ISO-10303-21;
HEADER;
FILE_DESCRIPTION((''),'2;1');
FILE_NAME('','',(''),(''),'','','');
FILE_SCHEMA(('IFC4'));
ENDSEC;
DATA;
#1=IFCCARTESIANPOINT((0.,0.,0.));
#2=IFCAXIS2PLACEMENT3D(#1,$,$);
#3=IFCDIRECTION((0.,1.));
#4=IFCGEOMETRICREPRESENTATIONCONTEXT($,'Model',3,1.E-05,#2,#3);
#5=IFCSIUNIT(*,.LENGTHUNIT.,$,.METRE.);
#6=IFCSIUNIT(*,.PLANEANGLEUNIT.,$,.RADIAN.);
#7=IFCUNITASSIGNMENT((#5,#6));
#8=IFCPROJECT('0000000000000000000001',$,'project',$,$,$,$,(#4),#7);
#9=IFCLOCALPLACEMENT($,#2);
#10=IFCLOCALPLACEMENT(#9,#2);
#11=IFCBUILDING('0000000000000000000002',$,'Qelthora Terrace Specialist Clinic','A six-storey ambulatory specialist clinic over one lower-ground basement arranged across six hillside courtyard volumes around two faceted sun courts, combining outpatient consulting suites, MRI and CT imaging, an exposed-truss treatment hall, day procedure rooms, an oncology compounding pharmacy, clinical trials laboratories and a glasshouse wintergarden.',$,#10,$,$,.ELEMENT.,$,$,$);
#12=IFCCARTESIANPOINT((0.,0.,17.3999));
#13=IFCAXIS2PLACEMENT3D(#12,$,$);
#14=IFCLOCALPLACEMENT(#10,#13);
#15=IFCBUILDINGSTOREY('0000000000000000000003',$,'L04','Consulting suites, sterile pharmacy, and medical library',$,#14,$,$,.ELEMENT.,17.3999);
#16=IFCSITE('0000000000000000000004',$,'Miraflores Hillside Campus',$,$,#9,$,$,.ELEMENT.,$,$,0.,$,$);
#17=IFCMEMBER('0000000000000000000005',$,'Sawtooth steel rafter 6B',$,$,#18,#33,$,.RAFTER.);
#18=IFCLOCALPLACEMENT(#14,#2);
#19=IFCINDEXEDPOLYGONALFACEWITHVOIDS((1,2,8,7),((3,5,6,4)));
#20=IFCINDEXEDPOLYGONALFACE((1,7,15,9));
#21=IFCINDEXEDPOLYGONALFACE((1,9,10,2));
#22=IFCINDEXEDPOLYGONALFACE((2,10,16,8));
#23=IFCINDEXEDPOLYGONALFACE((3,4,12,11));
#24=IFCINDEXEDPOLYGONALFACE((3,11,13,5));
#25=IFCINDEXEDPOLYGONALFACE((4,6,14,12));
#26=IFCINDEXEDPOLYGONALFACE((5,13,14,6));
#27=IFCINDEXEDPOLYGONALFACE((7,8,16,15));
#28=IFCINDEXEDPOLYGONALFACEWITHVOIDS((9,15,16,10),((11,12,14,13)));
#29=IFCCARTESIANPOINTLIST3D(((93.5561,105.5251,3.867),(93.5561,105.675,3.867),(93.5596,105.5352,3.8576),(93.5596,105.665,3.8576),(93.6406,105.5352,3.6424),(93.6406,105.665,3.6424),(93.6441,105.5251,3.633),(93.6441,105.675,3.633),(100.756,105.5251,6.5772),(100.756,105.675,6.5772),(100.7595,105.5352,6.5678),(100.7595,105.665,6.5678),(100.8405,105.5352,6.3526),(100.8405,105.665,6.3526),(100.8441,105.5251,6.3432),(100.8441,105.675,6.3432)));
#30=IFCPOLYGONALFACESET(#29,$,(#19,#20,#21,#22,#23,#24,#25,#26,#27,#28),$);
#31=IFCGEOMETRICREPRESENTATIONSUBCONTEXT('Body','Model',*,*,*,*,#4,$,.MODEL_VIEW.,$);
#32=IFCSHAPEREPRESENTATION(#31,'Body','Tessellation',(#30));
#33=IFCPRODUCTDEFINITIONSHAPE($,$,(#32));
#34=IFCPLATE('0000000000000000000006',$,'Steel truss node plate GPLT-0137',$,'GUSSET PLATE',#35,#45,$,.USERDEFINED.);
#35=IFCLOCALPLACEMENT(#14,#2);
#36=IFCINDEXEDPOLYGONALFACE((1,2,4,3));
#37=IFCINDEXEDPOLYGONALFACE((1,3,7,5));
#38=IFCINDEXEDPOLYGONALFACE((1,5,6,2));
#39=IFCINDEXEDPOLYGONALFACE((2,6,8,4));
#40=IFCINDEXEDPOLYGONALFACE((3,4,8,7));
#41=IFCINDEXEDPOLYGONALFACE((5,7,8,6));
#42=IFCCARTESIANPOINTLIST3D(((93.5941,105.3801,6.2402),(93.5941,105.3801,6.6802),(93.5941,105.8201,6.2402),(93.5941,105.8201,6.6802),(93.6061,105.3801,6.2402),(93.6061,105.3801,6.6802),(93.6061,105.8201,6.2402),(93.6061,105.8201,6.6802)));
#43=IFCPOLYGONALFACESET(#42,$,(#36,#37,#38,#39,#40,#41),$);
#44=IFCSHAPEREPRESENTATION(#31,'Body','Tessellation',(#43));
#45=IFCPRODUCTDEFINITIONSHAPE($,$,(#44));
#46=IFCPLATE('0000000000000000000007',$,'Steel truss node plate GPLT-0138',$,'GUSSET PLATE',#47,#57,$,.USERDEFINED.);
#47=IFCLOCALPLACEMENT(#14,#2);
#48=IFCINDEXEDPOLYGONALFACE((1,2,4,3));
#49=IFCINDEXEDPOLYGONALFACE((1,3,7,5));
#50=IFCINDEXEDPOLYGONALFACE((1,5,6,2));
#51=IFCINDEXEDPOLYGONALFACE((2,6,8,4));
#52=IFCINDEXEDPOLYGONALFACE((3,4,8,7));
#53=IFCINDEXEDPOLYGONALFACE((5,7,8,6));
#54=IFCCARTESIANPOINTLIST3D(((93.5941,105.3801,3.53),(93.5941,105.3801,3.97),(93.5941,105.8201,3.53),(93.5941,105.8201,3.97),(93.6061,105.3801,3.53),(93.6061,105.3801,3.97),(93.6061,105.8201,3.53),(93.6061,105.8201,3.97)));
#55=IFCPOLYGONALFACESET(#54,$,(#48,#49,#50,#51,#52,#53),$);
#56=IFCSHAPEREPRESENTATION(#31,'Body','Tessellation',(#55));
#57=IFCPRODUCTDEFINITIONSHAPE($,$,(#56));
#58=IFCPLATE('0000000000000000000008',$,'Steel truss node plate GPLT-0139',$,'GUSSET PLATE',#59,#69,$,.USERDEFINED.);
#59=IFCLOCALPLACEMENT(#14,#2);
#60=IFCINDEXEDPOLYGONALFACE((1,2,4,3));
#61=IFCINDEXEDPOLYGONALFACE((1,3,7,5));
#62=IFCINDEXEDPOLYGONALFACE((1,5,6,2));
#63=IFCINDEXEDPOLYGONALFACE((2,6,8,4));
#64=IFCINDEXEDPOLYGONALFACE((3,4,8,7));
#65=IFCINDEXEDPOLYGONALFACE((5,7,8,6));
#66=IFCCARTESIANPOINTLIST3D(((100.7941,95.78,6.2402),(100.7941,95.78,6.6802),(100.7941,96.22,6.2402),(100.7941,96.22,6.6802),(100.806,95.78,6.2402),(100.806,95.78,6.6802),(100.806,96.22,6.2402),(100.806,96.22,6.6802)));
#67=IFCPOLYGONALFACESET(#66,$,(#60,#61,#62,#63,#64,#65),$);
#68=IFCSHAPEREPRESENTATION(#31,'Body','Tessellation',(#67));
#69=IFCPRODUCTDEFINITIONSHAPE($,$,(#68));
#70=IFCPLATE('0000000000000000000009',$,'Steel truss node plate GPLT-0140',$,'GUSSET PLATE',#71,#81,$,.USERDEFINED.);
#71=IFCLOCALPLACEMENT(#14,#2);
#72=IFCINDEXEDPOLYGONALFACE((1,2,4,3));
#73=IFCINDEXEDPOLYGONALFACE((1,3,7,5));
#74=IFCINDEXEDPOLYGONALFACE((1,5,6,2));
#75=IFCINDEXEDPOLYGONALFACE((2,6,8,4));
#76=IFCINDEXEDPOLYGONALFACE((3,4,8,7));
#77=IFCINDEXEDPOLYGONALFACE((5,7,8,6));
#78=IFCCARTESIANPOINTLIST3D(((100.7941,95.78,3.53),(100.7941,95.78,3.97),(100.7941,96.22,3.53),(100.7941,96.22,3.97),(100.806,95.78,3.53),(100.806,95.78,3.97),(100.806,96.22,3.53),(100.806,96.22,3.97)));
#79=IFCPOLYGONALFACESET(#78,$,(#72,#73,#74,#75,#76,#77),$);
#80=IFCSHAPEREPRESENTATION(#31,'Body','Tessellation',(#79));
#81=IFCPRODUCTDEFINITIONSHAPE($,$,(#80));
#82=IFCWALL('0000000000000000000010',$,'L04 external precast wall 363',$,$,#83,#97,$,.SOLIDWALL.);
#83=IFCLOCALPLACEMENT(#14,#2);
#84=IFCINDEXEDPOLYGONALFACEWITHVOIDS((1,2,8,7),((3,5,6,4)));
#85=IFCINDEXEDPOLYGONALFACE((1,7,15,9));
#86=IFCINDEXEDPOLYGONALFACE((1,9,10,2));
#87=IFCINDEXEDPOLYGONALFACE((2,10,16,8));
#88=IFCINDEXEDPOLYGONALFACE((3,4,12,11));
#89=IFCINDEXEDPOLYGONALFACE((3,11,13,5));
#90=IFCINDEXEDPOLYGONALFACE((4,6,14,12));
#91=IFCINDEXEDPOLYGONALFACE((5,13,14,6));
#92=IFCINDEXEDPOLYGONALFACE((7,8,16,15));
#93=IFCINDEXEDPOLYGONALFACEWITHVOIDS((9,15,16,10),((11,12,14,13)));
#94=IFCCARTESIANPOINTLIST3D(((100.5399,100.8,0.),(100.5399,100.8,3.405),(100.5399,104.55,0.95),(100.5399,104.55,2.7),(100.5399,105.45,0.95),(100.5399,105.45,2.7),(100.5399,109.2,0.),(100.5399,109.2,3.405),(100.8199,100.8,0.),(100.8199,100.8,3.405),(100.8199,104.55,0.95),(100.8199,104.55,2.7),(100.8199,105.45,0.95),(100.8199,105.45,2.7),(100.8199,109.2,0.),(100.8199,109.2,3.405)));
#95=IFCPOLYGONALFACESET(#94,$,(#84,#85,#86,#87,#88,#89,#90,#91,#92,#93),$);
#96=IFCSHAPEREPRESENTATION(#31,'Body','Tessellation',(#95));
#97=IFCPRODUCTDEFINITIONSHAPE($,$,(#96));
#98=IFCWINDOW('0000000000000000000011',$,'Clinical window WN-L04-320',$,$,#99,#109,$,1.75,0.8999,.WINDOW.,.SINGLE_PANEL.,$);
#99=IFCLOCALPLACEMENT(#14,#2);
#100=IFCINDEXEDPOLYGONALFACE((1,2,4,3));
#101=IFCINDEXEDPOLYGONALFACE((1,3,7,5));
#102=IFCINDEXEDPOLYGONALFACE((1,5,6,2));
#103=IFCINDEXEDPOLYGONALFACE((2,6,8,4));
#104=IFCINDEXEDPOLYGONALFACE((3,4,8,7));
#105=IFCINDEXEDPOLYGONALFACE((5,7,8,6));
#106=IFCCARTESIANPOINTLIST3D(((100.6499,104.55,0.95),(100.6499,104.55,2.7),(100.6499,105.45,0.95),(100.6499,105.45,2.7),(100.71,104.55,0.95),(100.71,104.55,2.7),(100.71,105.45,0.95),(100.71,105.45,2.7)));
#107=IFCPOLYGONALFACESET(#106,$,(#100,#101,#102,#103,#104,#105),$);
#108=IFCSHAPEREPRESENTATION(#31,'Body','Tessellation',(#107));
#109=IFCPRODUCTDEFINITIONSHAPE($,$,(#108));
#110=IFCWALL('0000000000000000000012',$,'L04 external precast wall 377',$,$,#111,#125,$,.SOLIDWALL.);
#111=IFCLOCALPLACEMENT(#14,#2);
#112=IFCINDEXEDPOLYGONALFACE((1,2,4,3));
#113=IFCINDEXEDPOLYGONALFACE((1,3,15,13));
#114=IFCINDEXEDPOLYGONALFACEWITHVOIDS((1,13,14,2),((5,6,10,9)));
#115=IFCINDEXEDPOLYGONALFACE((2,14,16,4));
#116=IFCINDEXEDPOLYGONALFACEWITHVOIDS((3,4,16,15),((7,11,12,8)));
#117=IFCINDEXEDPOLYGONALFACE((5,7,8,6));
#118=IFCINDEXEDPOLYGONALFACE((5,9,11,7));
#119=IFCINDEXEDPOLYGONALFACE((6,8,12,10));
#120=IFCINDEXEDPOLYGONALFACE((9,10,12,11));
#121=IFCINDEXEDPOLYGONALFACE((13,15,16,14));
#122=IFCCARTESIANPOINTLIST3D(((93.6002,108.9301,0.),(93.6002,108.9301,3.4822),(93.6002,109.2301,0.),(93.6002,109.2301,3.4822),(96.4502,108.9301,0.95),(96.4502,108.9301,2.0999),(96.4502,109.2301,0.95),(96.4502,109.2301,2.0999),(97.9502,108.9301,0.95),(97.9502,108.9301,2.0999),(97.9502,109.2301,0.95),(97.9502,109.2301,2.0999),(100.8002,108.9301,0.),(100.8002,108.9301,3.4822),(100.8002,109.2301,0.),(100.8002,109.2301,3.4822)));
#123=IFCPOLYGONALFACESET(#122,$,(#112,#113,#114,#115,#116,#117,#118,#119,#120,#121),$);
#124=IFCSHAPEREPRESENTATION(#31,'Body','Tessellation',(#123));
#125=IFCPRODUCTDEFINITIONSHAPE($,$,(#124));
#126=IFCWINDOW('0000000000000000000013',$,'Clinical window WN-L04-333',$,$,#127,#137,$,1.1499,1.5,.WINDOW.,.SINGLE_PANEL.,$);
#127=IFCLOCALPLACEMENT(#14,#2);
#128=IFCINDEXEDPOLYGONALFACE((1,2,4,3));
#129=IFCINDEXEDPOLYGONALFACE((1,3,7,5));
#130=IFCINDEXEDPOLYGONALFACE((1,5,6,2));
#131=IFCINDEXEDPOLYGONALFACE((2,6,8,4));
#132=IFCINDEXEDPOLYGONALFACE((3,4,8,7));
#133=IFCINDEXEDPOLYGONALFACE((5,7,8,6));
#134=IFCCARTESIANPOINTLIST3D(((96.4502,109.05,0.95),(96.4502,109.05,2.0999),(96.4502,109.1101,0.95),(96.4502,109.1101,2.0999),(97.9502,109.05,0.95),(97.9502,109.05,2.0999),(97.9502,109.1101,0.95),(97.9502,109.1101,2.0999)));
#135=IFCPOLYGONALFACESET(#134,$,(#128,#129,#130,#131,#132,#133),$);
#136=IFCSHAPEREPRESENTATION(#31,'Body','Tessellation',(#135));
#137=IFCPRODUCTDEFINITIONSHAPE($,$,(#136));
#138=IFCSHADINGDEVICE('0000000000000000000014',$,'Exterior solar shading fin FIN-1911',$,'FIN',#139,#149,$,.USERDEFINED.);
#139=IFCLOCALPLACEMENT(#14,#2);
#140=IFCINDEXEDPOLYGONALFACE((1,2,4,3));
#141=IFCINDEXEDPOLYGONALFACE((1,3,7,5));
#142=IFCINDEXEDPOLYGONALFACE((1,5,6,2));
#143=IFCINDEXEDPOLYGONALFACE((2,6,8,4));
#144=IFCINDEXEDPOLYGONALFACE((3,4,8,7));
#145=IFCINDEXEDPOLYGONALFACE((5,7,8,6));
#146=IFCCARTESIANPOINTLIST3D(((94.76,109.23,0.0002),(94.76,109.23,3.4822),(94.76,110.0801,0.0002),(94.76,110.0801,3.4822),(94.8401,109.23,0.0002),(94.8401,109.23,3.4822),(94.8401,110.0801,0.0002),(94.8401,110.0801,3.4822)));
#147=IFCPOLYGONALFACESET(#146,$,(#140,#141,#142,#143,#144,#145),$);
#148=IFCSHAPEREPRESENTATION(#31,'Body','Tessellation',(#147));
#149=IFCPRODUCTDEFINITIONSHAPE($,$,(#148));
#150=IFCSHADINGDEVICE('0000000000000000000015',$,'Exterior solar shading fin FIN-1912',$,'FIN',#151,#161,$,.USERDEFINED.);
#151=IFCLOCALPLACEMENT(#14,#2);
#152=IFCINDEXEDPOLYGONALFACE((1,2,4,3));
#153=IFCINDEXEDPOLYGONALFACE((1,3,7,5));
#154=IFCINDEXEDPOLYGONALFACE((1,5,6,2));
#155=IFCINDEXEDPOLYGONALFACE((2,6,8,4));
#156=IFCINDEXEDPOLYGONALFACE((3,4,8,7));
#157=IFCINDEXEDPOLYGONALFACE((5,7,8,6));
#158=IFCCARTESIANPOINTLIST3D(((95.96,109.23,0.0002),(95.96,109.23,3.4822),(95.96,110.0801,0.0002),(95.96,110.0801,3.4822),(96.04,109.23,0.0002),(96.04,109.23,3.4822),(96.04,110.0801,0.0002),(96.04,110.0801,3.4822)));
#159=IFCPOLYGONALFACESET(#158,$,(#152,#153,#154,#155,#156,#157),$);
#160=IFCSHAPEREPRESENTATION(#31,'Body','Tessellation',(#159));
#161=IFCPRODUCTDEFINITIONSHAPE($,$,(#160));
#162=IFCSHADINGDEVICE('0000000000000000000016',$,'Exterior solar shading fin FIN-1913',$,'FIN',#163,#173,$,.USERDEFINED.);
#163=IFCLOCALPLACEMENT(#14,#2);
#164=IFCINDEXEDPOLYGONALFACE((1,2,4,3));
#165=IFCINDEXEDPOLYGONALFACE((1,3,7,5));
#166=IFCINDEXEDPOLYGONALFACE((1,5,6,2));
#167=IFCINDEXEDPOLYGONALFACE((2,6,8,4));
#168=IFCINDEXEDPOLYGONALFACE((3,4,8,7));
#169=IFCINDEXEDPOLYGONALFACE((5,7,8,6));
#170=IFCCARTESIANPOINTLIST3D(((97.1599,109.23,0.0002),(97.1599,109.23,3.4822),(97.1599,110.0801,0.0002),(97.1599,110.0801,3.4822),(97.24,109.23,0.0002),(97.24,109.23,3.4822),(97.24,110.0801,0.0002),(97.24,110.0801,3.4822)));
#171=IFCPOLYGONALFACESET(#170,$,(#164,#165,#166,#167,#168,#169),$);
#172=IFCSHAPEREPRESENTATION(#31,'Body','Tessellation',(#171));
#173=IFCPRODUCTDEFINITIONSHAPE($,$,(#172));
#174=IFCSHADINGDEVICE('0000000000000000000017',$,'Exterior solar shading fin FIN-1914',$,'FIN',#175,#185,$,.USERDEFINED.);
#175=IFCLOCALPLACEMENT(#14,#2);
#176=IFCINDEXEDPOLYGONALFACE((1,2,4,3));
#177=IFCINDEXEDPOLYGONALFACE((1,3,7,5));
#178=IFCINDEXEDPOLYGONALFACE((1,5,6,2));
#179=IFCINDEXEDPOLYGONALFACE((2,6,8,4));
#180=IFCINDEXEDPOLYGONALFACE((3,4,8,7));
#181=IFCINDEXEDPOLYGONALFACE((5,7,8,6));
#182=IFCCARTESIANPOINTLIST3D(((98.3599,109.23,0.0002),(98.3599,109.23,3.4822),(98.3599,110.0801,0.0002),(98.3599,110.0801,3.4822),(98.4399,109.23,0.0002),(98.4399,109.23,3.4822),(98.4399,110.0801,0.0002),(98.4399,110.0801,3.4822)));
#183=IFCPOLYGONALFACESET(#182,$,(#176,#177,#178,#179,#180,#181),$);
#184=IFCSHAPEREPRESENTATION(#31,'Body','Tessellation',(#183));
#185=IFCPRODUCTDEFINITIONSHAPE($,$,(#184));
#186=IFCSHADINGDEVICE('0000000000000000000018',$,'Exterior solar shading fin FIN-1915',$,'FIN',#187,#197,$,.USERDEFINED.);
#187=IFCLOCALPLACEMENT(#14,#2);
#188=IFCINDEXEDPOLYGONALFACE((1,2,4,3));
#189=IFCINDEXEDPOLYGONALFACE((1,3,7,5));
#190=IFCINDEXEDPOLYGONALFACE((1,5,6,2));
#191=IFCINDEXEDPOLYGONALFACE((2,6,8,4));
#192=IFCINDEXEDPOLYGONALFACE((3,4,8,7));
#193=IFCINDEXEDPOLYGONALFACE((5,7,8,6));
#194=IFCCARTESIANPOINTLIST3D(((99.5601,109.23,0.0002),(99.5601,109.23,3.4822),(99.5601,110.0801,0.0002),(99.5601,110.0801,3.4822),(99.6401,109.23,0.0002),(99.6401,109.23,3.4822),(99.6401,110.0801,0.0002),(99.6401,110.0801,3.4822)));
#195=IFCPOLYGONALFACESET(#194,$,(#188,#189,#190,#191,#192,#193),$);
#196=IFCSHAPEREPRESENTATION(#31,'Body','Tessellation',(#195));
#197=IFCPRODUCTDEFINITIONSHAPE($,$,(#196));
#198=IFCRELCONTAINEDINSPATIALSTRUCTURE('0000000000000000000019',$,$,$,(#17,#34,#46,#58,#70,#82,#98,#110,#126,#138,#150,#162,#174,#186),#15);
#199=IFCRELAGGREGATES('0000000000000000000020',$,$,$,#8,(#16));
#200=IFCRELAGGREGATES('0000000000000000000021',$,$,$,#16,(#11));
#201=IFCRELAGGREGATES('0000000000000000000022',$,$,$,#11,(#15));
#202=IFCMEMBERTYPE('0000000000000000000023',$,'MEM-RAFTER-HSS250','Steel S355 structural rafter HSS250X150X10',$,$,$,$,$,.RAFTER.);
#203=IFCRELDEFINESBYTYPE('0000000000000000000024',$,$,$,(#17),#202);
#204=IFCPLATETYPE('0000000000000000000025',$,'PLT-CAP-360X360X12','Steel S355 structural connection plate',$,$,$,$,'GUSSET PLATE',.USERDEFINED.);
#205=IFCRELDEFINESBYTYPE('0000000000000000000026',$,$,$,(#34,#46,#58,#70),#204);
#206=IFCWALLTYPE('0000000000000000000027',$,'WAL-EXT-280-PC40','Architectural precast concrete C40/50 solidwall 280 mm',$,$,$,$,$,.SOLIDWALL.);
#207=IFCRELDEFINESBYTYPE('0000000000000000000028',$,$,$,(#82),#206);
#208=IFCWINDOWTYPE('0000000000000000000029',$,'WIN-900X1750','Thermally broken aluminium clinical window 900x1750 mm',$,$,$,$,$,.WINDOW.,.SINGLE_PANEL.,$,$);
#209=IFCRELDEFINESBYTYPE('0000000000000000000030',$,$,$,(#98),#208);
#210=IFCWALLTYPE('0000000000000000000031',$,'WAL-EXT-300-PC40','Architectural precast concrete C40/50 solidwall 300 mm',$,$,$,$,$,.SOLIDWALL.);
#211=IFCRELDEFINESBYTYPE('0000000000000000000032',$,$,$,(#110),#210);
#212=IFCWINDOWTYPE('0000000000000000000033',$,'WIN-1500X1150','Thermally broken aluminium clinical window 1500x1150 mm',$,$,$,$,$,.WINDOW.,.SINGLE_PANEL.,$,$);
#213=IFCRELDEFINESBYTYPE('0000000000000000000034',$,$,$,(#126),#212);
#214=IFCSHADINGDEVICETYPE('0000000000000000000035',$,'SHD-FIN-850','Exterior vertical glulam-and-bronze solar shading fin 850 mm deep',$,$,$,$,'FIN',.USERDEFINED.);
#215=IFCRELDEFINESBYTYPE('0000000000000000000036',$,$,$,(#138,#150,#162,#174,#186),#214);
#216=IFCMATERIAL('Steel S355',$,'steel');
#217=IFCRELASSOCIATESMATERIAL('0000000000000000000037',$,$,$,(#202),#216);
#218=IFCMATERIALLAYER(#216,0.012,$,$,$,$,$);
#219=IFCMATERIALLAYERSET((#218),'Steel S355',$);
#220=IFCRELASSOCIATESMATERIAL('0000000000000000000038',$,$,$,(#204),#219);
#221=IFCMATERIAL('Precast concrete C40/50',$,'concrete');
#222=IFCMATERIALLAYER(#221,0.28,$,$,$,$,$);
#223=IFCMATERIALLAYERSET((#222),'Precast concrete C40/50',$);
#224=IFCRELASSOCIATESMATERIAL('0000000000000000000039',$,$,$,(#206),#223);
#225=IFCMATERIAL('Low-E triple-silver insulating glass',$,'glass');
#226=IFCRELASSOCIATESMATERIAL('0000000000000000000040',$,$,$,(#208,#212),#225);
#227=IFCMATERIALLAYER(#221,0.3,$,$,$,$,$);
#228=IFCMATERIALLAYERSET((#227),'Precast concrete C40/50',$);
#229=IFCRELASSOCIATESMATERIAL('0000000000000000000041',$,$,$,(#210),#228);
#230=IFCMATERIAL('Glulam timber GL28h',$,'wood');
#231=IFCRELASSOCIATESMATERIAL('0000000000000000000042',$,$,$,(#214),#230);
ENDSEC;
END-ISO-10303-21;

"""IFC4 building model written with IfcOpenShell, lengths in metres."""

from ifc_helpers import new_model, si_unit, direction, frame, frame_2d, origin, origin_2d, place, context, subcontext, project, spatial, rectangle, hollow_rectangle, extrude, material, layer, layer_set, material_profile, profile_set, type_object, element, fill, save


model = new_model("IFC4")

# Units and contexts
model_context = context("Model", 3, precision=1e-05, world=origin(), true_north=direction((0.0, 1.0)))
body_context = subcontext(model_context, "Body", "Model", "MODEL_VIEW")
ifc_project = project(units=[si_unit("LENGTHUNIT", "METRE"), si_unit("PLANEANGLEUNIT", "RADIAN")], contexts=[model_context])

# Site, building, storey
site_placement = place(None, origin())
site = spatial("IfcSite", under=ifc_project, at=site_placement, Name="Miraflores Hillside Campus", CompositionType="ELEMENT", RefElevation=0.0)
building_placement = place(site_placement, origin())
building = spatial("IfcBuilding", under=site, at=building_placement, Name="Qelthora Terrace Specialist Clinic", Description="A six-storey ambulatory specialist clinic over one lower-ground basement arranged across six hillside courtyard volumes around two faceted sun courts, combining outpatient consulting suites, MRI and CT imaging, an exposed-truss treatment hall, day procedure rooms, an oncology compounding pharmacy, clinical trials laboratories and a glasshouse wintergarden.", CompositionType="ELEMENT")
storey_placement = place(building_placement, frame((0.0, 0.0, 17.3999)))
storey = spatial("IfcBuildingStorey", under=building, at=storey_placement, Name="L04", Description="Consulting suites, sterile pharmacy, and medical library", CompositionType="ELEMENT", Elevation=17.3999)

# Shared definitions
ifc_material_1 = material(Name="Steel S355", Category="steel")

# Member
ifc_material_profile_1 = material_profile(ifc_material_1, hollow_rectangle(XDim=0.1499, YDim=0.25, WallThickness=0.01, at=origin_2d()), Name="HSS250X150X10")
ifc_profile_set_1 = profile_set([ifc_material_profile_1], Name="Steel S355")
member_type_1 = type_object("IfcMemberType", Name="MEM-RAFTER-HSS250", Description="Steel S355 structural rafter HSS250X150X10", PredefinedType="RAFTER", material=ifc_profile_set_1)
for number, where, z_axis, x_axis, name in (
    (1, (93.6001, 105.6001, 3.75), (0.935892, 0.0, 0.352288), (0.0, 1.0, 0.0), "Sawtooth steel rafter 6B"),
):
    element("IfcMember", number, at=place(storey_placement, frame(where, z_axis=z_axis, x_axis=x_axis)), inside=storey, type_object=member_type_1, Name=name, PredefinedType="RAFTER", context=body_context, shape_type="SweptSolid", body=[
        extrude(hollow_rectangle(XDim=0.1499, YDim=0.25, WallThickness=0.01, at=origin_2d()), origin(), (0.0, 0.0, 1.0), 7.6931),
    ])

# Plates
ifc_layer_1 = layer(ifc_material_1, 0.012)
ifc_layer_set_1 = layer_set([ifc_layer_1], Name="Steel S355")
plate_type = type_object("IfcPlateType", Name="PLT-CAP-360X360X12", Description="Steel S355 structural connection plate", ElementType="GUSSET PLATE", PredefinedType="USERDEFINED", material=ifc_layer_set_1)
for number, where, z_axis, x_axis, name in (
    (2, (93.6001, 105.6001, 6.2402), (0.0, 0.0, 1.0), (1.0, 0.0, 0.0), "Steel truss node plate GPLT-0137"),
    (3, (93.6001, 105.6001, 3.53), (0.0, 0.0, 1.0), (1.0, 0.0, 0.0), "Steel truss node plate GPLT-0138"),
    (4, (100.8, 96.0, 6.2402), (0.0, 0.0, 1.0), (1.0, 0.0, 0.0), "Steel truss node plate GPLT-0139"),
    (5, (100.8, 96.0, 3.53), (0.0, 0.0, 1.0), (1.0, 0.0, 0.0), "Steel truss node plate GPLT-0140"),
):
    element("IfcPlate", number, at=place(storey_placement, frame(where, z_axis=z_axis, x_axis=x_axis)), inside=storey, type_object=plate_type, Name=name, ObjectType="GUSSET PLATE", PredefinedType="USERDEFINED", context=body_context, shape_type="SweptSolid", body=[
        extrude(rectangle(XDim=0.012, YDim=0.4399, at=origin_2d()), origin(), (0.0, 0.0, 1.0), 0.4399),
    ])

# Walls, openings, windows
ifc_material_2 = material(Name="Precast concrete C40/50", Category="concrete")
ifc_layer_2 = layer(ifc_material_2, 0.28)
ifc_layer_set_2 = layer_set([ifc_layer_2], Name="Precast concrete C40/50")
wall_type_1 = type_object("IfcWallType", Name="WAL-EXT-280-PC40", Description="Architectural precast concrete C40/50 solidwall 280 mm", PredefinedType="SOLIDWALL", material=ifc_layer_set_2)
wall_1_placement = place(storey_placement, frame((100.6799, 100.8, 0.0), z_axis=(0.0, 0.0, 1.0), x_axis=(0.0, 1.0, 0.0)))
wall_1 = element("IfcWall", 6, at=wall_1_placement, inside=storey, type_object=wall_type_1, Name="L04 external precast wall 363", PredefinedType="SOLIDWALL", context=body_context, shape_type="SweptSolid", body=[
    extrude(rectangle(XDim=8.3999, YDim=0.28, at=frame_2d((4.2, 0.0))), origin(), (0.0, 0.0, 1.0), 3.405),
])
opening_1_placement = place(wall_1_placement, frame((3.75, 0.0, 0.95)))
opening_1 = element("IfcOpeningElement", 7, at=opening_1_placement, cuts=wall_1, PredefinedType="OPENING", context=body_context, shape_type="SweptSolid", body=[
    extrude(rectangle(XDim=0.8999, YDim=1.75, at=frame_2d((0.45, 0.875))), frame((0.0, 0.1499, 0.0), z_axis=(0.0, -1.0, 0.0), x_axis=(1.0, 0.0, 0.0)), (0.0, 0.0, 1.0), 0.3),
])
ifc_material_3 = material(Name="Low-E triple-silver insulating glass", Category="glass")
window_type_1 = type_object("IfcWindowType", Name="WIN-900X1750", Description="Thermally broken aluminium clinical window 900x1750 mm", PartitioningType="SINGLE_PANEL", PredefinedType="WINDOW", material=ifc_material_3)
window_1_placement = place(opening_1_placement, origin())
window_1 = element("IfcWindow", 8, at=window_1_placement, inside=storey, type_object=window_type_1, Name="Clinical window WN-L04-320", OverallHeight=1.75, OverallWidth=0.8999, PartitioningType="SINGLE_PANEL", PredefinedType="WINDOW", context=body_context, shape_type="SweptSolid", body=[
    extrude(rectangle(XDim=0.8999, YDim=1.75, at=frame_2d((0.45, 0.875))), frame((0.0, 0.03, 0.0), z_axis=(0.0, -1.0, 0.0), x_axis=(1.0, 0.0, 0.0)), (0.0, 0.0, 1.0), 0.0601),
])
fill(opening_1, window_1)
ifc_layer_3 = layer(ifc_material_2, 0.3)
ifc_layer_set_3 = layer_set([ifc_layer_3], Name="Precast concrete C40/50")
wall_type_2 = type_object("IfcWallType", Name="WAL-EXT-300-PC40", Description="Architectural precast concrete C40/50 solidwall 300 mm", PredefinedType="SOLIDWALL", material=ifc_layer_set_3)
wall_2_placement = place(storey_placement, frame((93.6001, 109.0801, 0.0), z_axis=(0.0, 0.0, 1.0), x_axis=(1.0, 0.0, 0.0)))
wall_2 = element("IfcWall", 9, at=wall_2_placement, inside=storey, type_object=wall_type_2, Name="L04 external precast wall 377", PredefinedType="SOLIDWALL", context=body_context, shape_type="SweptSolid", body=[
    extrude(rectangle(XDim=7.2, YDim=0.3, at=frame_2d((3.6001, 0.0))), origin(), (0.0, 0.0, 1.0), 3.4822),
])
opening_2_placement = place(wall_2_placement, frame((2.8501, 0.0, 0.95)))
opening_2 = element("IfcOpeningElement", 10, at=opening_2_placement, cuts=wall_2, PredefinedType="OPENING", context=body_context, shape_type="SweptSolid", body=[
    extrude(rectangle(XDim=1.5, YDim=1.1499, at=frame_2d((0.75, 0.575))), frame((0.0, 0.1599, 0.0), z_axis=(0.0, -1.0, 0.0), x_axis=(1.0, 0.0, 0.0)), (0.0, 0.0, 1.0), 0.3201),
])
window_type_2 = type_object("IfcWindowType", Name="WIN-1500X1150", Description="Thermally broken aluminium clinical window 1500x1150 mm", PartitioningType="SINGLE_PANEL", PredefinedType="WINDOW", material=ifc_material_3)
window_2_placement = place(opening_2_placement, origin())
window_2 = element("IfcWindow", 11, at=window_2_placement, inside=storey, type_object=window_type_2, Name="Clinical window WN-L04-333", OverallHeight=1.1499, OverallWidth=1.5, PartitioningType="SINGLE_PANEL", PredefinedType="WINDOW", context=body_context, shape_type="SweptSolid", body=[
    extrude(rectangle(XDim=1.5, YDim=1.1499, at=frame_2d((0.75, 0.575))), frame((0.0, 0.03, 0.0), z_axis=(0.0, -1.0, 0.0), x_axis=(1.0, 0.0, 0.0)), (0.0, 0.0, 1.0), 0.0601),
])
fill(opening_2, window_2)

# Shading devices
ifc_material_4 = material(Name="Glulam timber GL28h", Category="wood")
shading_device_type = type_object("IfcShadingDeviceType", Name="SHD-FIN-850", Description="Exterior vertical glulam-and-bronze solar shading fin 850 mm deep", ElementType="FIN", PredefinedType="USERDEFINED", material=ifc_material_4)
for number, where, z_axis, x_axis, name in (
    (12, (94.8, 109.655, 0.0002), (0.0, 0.0, 1.0), (0.0, 1.0, 0.0), "Exterior solar shading fin FIN-1911"),
    (13, (96.0, 109.655, 0.0002), (0.0, 0.0, 1.0), (0.0, 1.0, 0.0), "Exterior solar shading fin FIN-1912"),
    (14, (97.2, 109.655, 0.0002), (0.0, 0.0, 1.0), (0.0, 1.0, 0.0), "Exterior solar shading fin FIN-1913"),
    (15, (98.3999, 109.655, 0.0002), (0.0, 0.0, 1.0), (0.0, 1.0, 0.0), "Exterior solar shading fin FIN-1914"),
    (16, (99.6001, 109.655, 0.0002), (0.0, 0.0, 1.0), (0.0, 1.0, 0.0), "Exterior solar shading fin FIN-1915"),
):
    element("IfcShadingDevice", number, at=place(storey_placement, frame(where, z_axis=z_axis, x_axis=x_axis)), inside=storey, type_object=shading_device_type, Name=name, ObjectType="FIN", PredefinedType="USERDEFINED", context=body_context, shape_type="SweptSolid", body=[
        extrude(rectangle(XDim=0.8501, YDim=0.0801, at=origin_2d()), origin(), (0.0, 0.0, 1.0), 3.4819),
    ])

save(model, "model.ifc")
